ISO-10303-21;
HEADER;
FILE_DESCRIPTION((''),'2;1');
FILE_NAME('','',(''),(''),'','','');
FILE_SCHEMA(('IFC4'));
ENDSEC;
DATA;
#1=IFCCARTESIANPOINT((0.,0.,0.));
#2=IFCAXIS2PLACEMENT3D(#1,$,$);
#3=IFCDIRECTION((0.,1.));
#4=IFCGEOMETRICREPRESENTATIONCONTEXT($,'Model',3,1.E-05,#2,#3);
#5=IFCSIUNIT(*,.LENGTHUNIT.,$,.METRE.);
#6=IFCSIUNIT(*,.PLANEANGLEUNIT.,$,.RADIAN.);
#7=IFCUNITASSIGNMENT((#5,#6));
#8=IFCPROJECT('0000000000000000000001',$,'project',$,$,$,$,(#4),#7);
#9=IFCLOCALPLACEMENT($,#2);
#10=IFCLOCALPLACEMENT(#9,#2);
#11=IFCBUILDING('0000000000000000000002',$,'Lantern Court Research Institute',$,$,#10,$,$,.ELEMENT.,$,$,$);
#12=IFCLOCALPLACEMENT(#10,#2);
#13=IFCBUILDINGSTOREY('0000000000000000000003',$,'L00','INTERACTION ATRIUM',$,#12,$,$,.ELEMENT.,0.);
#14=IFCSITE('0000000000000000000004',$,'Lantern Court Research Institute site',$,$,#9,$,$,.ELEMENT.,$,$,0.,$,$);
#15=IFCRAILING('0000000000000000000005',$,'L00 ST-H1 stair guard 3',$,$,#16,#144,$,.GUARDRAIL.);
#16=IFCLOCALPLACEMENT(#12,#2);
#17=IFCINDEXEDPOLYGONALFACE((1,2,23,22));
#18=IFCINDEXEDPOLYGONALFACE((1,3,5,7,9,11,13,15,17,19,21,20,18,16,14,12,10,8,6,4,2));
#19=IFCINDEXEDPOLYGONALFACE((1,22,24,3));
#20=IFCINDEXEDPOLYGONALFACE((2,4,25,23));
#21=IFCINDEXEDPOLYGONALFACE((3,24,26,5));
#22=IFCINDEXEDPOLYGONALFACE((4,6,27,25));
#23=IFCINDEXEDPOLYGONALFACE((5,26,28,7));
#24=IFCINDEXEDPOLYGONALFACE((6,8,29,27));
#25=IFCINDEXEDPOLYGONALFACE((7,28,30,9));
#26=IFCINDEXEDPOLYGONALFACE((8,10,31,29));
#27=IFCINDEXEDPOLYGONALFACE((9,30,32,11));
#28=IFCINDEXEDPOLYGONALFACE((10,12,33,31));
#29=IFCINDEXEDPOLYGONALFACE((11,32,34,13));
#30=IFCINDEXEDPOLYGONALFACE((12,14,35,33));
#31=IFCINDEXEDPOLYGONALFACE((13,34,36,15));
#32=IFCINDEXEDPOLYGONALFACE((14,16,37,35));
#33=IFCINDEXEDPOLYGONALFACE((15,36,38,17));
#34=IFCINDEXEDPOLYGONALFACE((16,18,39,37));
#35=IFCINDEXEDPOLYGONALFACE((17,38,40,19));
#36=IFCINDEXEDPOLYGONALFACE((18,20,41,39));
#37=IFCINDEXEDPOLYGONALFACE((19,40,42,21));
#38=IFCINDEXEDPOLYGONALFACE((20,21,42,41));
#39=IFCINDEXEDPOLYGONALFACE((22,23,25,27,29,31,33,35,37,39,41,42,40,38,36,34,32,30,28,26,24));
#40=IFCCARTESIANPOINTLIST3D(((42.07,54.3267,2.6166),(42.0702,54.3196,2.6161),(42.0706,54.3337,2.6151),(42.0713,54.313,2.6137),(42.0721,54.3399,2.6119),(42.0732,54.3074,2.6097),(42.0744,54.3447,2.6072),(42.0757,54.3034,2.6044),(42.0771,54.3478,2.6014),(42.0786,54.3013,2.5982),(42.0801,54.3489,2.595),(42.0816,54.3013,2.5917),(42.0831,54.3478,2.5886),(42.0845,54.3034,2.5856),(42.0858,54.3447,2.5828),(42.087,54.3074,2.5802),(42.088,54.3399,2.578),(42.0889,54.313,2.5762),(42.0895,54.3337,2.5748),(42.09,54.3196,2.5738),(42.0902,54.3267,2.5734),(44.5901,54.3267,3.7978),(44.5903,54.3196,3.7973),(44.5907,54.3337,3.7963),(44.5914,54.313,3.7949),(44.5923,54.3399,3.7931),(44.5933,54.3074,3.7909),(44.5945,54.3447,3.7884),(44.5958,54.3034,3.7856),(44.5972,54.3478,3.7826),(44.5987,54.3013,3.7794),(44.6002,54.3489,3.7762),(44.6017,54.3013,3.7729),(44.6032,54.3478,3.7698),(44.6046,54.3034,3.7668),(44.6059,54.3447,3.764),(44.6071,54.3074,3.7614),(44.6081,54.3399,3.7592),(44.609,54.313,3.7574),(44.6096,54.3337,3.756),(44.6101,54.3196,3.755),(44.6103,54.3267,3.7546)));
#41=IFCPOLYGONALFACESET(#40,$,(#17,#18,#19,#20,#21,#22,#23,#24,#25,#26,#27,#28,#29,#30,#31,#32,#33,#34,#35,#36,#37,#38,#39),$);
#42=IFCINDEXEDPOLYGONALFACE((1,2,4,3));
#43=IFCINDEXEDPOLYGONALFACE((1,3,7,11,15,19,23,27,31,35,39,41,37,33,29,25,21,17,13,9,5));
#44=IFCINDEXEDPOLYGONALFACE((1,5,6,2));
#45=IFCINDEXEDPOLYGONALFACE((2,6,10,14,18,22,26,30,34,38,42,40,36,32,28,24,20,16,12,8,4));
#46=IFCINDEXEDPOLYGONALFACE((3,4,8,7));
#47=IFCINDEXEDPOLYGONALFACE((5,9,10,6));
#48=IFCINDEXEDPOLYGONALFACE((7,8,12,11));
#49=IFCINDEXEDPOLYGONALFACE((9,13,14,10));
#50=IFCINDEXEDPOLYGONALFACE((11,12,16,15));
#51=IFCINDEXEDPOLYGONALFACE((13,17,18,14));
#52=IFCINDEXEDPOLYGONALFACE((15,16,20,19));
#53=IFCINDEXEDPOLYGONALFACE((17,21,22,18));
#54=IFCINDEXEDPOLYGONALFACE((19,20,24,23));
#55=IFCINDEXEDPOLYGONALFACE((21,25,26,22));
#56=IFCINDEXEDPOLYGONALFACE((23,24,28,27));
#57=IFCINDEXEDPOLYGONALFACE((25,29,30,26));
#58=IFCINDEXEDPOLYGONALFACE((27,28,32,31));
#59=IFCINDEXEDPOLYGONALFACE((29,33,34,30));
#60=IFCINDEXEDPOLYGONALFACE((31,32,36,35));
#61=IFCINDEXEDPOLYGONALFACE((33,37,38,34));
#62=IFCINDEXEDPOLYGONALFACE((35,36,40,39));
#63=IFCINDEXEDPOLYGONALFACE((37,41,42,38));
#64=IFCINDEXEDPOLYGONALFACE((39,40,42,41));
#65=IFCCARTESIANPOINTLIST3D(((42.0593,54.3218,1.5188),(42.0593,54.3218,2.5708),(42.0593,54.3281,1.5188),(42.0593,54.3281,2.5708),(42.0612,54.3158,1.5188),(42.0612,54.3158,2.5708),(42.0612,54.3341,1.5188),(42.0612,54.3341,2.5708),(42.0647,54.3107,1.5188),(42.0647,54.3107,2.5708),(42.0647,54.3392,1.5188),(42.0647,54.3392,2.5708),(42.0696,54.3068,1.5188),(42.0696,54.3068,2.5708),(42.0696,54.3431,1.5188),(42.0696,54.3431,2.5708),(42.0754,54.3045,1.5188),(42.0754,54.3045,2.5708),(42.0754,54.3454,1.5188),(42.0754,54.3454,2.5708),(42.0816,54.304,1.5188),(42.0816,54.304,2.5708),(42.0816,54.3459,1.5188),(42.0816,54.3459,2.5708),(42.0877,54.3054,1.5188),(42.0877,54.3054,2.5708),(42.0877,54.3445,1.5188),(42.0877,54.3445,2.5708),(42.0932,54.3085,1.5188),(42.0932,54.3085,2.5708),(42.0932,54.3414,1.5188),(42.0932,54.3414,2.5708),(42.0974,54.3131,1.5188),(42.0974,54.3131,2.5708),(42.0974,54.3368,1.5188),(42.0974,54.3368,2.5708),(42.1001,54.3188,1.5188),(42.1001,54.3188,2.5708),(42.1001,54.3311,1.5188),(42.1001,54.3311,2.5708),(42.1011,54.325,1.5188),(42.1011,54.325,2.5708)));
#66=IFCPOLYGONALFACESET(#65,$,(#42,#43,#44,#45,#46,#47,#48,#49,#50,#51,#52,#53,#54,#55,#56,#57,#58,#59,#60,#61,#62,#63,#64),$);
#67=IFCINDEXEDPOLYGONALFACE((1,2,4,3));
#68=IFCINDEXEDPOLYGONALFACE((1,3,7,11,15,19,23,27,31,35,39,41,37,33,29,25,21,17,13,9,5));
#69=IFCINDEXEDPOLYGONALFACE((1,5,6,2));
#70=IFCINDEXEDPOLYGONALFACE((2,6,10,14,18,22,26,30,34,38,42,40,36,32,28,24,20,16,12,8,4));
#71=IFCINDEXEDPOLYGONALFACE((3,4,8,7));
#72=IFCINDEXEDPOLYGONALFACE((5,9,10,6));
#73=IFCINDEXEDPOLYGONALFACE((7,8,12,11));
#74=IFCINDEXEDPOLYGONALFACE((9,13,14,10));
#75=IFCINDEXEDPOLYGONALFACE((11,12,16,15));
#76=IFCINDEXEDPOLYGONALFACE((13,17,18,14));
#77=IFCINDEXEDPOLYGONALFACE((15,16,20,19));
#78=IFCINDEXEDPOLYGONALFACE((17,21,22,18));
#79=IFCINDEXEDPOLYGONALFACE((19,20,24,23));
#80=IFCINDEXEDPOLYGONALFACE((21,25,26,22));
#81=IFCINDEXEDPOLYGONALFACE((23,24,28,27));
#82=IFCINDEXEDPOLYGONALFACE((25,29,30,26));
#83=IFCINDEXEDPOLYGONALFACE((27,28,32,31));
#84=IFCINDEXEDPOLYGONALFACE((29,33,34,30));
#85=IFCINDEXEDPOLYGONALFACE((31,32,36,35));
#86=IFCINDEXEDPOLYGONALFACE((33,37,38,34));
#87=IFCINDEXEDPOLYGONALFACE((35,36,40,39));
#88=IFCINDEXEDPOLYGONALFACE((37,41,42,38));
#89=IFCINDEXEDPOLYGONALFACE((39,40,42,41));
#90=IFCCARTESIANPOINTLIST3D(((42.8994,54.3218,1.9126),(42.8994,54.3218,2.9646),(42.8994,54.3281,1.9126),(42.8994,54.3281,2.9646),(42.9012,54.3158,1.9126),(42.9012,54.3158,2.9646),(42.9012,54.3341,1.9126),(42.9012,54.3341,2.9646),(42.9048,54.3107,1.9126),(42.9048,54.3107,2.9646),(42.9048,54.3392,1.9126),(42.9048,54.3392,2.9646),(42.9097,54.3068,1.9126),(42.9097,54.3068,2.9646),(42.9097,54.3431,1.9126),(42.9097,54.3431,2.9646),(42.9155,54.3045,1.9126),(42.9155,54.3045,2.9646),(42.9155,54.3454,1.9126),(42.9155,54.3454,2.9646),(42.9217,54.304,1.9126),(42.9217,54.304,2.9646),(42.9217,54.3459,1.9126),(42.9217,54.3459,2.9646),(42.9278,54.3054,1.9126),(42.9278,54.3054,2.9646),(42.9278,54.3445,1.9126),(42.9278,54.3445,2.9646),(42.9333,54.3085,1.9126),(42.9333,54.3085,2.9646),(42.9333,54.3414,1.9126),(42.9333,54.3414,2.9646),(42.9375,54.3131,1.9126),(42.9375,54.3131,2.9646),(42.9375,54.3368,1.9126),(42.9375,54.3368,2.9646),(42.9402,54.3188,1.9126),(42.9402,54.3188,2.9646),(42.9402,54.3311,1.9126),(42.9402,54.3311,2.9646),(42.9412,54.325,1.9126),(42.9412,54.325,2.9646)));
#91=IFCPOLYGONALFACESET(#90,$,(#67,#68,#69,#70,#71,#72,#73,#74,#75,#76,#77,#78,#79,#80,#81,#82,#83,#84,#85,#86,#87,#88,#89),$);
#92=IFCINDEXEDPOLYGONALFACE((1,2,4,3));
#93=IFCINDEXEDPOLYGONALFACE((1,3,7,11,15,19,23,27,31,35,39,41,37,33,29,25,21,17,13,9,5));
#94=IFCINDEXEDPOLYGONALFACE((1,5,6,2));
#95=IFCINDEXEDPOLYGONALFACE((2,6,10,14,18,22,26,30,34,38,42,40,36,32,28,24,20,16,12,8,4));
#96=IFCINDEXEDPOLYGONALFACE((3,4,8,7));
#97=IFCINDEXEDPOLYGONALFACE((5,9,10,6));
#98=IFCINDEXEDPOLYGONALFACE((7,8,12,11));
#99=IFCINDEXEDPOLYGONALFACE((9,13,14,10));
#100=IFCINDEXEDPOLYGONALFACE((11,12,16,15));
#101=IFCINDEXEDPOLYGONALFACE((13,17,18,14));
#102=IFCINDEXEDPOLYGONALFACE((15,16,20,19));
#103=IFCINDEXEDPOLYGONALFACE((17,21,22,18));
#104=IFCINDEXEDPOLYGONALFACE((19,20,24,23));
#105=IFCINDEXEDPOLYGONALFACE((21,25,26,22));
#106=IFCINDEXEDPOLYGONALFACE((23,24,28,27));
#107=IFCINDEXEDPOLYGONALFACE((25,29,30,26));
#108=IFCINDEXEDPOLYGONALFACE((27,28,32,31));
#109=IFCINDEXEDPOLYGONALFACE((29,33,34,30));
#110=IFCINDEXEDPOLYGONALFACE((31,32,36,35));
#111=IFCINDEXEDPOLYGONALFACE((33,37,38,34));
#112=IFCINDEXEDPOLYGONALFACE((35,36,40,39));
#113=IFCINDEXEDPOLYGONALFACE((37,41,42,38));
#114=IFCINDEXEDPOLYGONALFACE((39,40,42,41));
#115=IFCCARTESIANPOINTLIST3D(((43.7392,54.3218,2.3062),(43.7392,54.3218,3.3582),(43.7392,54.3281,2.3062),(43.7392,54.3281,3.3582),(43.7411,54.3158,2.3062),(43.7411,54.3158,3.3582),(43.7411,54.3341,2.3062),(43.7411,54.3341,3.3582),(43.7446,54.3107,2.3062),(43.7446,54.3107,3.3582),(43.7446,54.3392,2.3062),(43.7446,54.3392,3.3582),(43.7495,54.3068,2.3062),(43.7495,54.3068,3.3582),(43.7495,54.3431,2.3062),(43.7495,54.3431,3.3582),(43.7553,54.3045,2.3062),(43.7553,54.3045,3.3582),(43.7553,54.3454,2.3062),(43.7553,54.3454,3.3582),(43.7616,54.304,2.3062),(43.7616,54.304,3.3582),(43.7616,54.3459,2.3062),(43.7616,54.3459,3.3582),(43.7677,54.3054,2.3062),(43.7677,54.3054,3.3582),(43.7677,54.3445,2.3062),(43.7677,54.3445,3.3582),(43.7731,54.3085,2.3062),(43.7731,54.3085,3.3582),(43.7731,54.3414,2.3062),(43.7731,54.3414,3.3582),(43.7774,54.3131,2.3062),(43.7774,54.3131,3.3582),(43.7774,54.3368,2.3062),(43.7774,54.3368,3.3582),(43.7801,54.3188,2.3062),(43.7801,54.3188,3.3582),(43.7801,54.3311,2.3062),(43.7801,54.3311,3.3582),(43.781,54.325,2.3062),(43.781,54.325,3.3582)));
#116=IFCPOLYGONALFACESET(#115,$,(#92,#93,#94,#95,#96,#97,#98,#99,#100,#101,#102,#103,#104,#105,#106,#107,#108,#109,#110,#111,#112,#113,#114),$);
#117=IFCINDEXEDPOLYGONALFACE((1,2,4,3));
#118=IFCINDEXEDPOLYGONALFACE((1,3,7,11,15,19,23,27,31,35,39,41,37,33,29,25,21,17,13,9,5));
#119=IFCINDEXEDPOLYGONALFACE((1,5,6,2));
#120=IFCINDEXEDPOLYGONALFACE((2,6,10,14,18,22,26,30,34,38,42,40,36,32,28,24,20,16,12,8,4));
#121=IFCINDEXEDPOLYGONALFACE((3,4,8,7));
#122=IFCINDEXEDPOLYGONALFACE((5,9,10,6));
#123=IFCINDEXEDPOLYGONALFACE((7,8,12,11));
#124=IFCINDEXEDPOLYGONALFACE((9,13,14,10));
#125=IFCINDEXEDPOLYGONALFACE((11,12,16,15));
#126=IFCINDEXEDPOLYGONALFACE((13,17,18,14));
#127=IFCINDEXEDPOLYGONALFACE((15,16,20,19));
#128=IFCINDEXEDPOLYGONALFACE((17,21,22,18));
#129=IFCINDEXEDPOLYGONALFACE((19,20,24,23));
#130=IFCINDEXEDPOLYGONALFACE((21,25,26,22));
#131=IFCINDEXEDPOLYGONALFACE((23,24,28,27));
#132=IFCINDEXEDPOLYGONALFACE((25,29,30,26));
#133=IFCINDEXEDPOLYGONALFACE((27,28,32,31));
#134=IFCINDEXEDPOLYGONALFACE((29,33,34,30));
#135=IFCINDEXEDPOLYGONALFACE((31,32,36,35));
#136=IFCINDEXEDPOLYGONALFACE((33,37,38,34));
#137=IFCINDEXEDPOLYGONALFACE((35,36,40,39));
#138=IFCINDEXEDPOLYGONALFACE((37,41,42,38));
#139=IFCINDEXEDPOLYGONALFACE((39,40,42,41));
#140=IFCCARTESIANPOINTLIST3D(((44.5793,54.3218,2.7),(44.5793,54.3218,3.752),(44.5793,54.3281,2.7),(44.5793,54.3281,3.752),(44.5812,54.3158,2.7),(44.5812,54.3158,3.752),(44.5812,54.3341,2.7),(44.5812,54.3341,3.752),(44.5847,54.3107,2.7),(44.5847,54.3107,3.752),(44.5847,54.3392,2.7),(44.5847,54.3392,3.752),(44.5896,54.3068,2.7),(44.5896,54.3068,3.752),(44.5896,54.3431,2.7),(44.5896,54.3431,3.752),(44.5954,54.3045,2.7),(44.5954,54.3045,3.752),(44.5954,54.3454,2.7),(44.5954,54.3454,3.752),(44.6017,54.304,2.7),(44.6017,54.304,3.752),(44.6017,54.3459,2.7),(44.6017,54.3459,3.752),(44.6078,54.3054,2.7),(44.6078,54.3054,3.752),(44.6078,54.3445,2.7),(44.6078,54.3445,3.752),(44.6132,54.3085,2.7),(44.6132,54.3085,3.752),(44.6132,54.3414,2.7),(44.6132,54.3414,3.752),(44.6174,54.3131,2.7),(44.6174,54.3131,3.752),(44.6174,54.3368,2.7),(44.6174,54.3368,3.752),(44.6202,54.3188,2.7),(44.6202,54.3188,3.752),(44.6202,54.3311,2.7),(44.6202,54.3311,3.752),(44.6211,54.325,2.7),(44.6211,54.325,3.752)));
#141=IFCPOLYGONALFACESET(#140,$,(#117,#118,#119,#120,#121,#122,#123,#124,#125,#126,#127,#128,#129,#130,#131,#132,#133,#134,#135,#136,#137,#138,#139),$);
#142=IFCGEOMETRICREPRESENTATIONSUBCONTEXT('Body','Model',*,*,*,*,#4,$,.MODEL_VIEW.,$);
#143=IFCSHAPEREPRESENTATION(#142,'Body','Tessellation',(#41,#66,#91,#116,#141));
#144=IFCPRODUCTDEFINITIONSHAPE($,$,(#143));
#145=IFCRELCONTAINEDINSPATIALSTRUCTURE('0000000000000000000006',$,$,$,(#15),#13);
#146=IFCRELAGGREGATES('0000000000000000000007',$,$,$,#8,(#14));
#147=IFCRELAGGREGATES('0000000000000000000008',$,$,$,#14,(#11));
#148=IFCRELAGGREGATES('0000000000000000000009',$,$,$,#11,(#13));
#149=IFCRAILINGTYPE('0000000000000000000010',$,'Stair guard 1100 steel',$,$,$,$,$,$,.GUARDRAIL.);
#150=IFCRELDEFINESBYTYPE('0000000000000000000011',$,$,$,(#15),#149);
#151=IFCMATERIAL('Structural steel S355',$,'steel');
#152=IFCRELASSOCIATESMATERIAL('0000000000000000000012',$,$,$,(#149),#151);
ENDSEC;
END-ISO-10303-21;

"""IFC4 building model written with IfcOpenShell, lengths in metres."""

from ifc_helpers import new_model, si_unit, direction, frame, origin, origin_2d, place, context, subcontext, project, spatial, circle, extrude, material, type_object, element, save


model = new_model("IFC4")

# Units and contexts
model_context = context("Model", 3, precision=1e-05, world=origin(), true_north=direction((0.0, 1.0)))
body_context = subcontext(model_context, "Body", "Model", "MODEL_VIEW")
ifc_project = project(units=[si_unit("LENGTHUNIT", "METRE"), si_unit("PLANEANGLEUNIT", "RADIAN")], contexts=[model_context])

# Site, building, storey
site_placement = place(None, origin())
site = spatial("IfcSite", under=ifc_project, at=site_placement, Name="Lantern Court Research Institute site", CompositionType="ELEMENT", RefElevation=0.0)
building_placement = place(site_placement, origin())
building = spatial("IfcBuilding", under=site, at=building_placement, Name="Lantern Court Research Institute", CompositionType="ELEMENT")
storey_placement = place(building_placement, origin())
storey = spatial("IfcBuildingStorey", under=building, at=storey_placement, Name="L00", Description="INTERACTION ATRIUM", CompositionType="ELEMENT", Elevation=0.0)

# Railing
ifc_material_1 = material(Name="Structural steel S355", Category="steel")
railing_type_1 = type_object("IfcRailingType", Name="Stair guard 1100 steel", PredefinedType="GUARDRAIL", material=ifc_material_1)
railing_1_placement = place(storey_placement, frame((42.0801, 54.325, 1.5188)))
element("IfcRailing", 1, at=railing_1_placement, inside=storey, type_object=railing_type_1, Name="L00 ST-H1 stair guard 3", PredefinedType="GUARDRAIL", context=body_context, shape_type="SweptSolid", body=[
    extrude(circle(Radius=0.0239, at=origin_2d()), frame((0.0, 0.0, 1.0762), z_axis=(0.905474, 0.0, 0.424402), x_axis=(0.0, 1.0, 0.0)), (0.0, 0.0, 1.0), 2.7832),
    extrude(circle(Radius=0.021, at=origin_2d()), origin(), (0.0, 0.0, 1.0), 1.052),
    extrude(circle(Radius=0.021, at=origin_2d()), frame((0.8401, 0.0, 0.3938)), (0.0, 0.0, 1.0), 1.052),
    extrude(circle(Radius=0.021, at=origin_2d()), frame((1.6799, 0.0, 0.7874)), (0.0, 0.0, 1.0), 1.052),
    extrude(circle(Radius=0.021, at=origin_2d()), frame((2.52, 0.0, 1.1812)), (0.0, 0.0, 1.0), 1.052),
])

save(model, "model.ifc")
